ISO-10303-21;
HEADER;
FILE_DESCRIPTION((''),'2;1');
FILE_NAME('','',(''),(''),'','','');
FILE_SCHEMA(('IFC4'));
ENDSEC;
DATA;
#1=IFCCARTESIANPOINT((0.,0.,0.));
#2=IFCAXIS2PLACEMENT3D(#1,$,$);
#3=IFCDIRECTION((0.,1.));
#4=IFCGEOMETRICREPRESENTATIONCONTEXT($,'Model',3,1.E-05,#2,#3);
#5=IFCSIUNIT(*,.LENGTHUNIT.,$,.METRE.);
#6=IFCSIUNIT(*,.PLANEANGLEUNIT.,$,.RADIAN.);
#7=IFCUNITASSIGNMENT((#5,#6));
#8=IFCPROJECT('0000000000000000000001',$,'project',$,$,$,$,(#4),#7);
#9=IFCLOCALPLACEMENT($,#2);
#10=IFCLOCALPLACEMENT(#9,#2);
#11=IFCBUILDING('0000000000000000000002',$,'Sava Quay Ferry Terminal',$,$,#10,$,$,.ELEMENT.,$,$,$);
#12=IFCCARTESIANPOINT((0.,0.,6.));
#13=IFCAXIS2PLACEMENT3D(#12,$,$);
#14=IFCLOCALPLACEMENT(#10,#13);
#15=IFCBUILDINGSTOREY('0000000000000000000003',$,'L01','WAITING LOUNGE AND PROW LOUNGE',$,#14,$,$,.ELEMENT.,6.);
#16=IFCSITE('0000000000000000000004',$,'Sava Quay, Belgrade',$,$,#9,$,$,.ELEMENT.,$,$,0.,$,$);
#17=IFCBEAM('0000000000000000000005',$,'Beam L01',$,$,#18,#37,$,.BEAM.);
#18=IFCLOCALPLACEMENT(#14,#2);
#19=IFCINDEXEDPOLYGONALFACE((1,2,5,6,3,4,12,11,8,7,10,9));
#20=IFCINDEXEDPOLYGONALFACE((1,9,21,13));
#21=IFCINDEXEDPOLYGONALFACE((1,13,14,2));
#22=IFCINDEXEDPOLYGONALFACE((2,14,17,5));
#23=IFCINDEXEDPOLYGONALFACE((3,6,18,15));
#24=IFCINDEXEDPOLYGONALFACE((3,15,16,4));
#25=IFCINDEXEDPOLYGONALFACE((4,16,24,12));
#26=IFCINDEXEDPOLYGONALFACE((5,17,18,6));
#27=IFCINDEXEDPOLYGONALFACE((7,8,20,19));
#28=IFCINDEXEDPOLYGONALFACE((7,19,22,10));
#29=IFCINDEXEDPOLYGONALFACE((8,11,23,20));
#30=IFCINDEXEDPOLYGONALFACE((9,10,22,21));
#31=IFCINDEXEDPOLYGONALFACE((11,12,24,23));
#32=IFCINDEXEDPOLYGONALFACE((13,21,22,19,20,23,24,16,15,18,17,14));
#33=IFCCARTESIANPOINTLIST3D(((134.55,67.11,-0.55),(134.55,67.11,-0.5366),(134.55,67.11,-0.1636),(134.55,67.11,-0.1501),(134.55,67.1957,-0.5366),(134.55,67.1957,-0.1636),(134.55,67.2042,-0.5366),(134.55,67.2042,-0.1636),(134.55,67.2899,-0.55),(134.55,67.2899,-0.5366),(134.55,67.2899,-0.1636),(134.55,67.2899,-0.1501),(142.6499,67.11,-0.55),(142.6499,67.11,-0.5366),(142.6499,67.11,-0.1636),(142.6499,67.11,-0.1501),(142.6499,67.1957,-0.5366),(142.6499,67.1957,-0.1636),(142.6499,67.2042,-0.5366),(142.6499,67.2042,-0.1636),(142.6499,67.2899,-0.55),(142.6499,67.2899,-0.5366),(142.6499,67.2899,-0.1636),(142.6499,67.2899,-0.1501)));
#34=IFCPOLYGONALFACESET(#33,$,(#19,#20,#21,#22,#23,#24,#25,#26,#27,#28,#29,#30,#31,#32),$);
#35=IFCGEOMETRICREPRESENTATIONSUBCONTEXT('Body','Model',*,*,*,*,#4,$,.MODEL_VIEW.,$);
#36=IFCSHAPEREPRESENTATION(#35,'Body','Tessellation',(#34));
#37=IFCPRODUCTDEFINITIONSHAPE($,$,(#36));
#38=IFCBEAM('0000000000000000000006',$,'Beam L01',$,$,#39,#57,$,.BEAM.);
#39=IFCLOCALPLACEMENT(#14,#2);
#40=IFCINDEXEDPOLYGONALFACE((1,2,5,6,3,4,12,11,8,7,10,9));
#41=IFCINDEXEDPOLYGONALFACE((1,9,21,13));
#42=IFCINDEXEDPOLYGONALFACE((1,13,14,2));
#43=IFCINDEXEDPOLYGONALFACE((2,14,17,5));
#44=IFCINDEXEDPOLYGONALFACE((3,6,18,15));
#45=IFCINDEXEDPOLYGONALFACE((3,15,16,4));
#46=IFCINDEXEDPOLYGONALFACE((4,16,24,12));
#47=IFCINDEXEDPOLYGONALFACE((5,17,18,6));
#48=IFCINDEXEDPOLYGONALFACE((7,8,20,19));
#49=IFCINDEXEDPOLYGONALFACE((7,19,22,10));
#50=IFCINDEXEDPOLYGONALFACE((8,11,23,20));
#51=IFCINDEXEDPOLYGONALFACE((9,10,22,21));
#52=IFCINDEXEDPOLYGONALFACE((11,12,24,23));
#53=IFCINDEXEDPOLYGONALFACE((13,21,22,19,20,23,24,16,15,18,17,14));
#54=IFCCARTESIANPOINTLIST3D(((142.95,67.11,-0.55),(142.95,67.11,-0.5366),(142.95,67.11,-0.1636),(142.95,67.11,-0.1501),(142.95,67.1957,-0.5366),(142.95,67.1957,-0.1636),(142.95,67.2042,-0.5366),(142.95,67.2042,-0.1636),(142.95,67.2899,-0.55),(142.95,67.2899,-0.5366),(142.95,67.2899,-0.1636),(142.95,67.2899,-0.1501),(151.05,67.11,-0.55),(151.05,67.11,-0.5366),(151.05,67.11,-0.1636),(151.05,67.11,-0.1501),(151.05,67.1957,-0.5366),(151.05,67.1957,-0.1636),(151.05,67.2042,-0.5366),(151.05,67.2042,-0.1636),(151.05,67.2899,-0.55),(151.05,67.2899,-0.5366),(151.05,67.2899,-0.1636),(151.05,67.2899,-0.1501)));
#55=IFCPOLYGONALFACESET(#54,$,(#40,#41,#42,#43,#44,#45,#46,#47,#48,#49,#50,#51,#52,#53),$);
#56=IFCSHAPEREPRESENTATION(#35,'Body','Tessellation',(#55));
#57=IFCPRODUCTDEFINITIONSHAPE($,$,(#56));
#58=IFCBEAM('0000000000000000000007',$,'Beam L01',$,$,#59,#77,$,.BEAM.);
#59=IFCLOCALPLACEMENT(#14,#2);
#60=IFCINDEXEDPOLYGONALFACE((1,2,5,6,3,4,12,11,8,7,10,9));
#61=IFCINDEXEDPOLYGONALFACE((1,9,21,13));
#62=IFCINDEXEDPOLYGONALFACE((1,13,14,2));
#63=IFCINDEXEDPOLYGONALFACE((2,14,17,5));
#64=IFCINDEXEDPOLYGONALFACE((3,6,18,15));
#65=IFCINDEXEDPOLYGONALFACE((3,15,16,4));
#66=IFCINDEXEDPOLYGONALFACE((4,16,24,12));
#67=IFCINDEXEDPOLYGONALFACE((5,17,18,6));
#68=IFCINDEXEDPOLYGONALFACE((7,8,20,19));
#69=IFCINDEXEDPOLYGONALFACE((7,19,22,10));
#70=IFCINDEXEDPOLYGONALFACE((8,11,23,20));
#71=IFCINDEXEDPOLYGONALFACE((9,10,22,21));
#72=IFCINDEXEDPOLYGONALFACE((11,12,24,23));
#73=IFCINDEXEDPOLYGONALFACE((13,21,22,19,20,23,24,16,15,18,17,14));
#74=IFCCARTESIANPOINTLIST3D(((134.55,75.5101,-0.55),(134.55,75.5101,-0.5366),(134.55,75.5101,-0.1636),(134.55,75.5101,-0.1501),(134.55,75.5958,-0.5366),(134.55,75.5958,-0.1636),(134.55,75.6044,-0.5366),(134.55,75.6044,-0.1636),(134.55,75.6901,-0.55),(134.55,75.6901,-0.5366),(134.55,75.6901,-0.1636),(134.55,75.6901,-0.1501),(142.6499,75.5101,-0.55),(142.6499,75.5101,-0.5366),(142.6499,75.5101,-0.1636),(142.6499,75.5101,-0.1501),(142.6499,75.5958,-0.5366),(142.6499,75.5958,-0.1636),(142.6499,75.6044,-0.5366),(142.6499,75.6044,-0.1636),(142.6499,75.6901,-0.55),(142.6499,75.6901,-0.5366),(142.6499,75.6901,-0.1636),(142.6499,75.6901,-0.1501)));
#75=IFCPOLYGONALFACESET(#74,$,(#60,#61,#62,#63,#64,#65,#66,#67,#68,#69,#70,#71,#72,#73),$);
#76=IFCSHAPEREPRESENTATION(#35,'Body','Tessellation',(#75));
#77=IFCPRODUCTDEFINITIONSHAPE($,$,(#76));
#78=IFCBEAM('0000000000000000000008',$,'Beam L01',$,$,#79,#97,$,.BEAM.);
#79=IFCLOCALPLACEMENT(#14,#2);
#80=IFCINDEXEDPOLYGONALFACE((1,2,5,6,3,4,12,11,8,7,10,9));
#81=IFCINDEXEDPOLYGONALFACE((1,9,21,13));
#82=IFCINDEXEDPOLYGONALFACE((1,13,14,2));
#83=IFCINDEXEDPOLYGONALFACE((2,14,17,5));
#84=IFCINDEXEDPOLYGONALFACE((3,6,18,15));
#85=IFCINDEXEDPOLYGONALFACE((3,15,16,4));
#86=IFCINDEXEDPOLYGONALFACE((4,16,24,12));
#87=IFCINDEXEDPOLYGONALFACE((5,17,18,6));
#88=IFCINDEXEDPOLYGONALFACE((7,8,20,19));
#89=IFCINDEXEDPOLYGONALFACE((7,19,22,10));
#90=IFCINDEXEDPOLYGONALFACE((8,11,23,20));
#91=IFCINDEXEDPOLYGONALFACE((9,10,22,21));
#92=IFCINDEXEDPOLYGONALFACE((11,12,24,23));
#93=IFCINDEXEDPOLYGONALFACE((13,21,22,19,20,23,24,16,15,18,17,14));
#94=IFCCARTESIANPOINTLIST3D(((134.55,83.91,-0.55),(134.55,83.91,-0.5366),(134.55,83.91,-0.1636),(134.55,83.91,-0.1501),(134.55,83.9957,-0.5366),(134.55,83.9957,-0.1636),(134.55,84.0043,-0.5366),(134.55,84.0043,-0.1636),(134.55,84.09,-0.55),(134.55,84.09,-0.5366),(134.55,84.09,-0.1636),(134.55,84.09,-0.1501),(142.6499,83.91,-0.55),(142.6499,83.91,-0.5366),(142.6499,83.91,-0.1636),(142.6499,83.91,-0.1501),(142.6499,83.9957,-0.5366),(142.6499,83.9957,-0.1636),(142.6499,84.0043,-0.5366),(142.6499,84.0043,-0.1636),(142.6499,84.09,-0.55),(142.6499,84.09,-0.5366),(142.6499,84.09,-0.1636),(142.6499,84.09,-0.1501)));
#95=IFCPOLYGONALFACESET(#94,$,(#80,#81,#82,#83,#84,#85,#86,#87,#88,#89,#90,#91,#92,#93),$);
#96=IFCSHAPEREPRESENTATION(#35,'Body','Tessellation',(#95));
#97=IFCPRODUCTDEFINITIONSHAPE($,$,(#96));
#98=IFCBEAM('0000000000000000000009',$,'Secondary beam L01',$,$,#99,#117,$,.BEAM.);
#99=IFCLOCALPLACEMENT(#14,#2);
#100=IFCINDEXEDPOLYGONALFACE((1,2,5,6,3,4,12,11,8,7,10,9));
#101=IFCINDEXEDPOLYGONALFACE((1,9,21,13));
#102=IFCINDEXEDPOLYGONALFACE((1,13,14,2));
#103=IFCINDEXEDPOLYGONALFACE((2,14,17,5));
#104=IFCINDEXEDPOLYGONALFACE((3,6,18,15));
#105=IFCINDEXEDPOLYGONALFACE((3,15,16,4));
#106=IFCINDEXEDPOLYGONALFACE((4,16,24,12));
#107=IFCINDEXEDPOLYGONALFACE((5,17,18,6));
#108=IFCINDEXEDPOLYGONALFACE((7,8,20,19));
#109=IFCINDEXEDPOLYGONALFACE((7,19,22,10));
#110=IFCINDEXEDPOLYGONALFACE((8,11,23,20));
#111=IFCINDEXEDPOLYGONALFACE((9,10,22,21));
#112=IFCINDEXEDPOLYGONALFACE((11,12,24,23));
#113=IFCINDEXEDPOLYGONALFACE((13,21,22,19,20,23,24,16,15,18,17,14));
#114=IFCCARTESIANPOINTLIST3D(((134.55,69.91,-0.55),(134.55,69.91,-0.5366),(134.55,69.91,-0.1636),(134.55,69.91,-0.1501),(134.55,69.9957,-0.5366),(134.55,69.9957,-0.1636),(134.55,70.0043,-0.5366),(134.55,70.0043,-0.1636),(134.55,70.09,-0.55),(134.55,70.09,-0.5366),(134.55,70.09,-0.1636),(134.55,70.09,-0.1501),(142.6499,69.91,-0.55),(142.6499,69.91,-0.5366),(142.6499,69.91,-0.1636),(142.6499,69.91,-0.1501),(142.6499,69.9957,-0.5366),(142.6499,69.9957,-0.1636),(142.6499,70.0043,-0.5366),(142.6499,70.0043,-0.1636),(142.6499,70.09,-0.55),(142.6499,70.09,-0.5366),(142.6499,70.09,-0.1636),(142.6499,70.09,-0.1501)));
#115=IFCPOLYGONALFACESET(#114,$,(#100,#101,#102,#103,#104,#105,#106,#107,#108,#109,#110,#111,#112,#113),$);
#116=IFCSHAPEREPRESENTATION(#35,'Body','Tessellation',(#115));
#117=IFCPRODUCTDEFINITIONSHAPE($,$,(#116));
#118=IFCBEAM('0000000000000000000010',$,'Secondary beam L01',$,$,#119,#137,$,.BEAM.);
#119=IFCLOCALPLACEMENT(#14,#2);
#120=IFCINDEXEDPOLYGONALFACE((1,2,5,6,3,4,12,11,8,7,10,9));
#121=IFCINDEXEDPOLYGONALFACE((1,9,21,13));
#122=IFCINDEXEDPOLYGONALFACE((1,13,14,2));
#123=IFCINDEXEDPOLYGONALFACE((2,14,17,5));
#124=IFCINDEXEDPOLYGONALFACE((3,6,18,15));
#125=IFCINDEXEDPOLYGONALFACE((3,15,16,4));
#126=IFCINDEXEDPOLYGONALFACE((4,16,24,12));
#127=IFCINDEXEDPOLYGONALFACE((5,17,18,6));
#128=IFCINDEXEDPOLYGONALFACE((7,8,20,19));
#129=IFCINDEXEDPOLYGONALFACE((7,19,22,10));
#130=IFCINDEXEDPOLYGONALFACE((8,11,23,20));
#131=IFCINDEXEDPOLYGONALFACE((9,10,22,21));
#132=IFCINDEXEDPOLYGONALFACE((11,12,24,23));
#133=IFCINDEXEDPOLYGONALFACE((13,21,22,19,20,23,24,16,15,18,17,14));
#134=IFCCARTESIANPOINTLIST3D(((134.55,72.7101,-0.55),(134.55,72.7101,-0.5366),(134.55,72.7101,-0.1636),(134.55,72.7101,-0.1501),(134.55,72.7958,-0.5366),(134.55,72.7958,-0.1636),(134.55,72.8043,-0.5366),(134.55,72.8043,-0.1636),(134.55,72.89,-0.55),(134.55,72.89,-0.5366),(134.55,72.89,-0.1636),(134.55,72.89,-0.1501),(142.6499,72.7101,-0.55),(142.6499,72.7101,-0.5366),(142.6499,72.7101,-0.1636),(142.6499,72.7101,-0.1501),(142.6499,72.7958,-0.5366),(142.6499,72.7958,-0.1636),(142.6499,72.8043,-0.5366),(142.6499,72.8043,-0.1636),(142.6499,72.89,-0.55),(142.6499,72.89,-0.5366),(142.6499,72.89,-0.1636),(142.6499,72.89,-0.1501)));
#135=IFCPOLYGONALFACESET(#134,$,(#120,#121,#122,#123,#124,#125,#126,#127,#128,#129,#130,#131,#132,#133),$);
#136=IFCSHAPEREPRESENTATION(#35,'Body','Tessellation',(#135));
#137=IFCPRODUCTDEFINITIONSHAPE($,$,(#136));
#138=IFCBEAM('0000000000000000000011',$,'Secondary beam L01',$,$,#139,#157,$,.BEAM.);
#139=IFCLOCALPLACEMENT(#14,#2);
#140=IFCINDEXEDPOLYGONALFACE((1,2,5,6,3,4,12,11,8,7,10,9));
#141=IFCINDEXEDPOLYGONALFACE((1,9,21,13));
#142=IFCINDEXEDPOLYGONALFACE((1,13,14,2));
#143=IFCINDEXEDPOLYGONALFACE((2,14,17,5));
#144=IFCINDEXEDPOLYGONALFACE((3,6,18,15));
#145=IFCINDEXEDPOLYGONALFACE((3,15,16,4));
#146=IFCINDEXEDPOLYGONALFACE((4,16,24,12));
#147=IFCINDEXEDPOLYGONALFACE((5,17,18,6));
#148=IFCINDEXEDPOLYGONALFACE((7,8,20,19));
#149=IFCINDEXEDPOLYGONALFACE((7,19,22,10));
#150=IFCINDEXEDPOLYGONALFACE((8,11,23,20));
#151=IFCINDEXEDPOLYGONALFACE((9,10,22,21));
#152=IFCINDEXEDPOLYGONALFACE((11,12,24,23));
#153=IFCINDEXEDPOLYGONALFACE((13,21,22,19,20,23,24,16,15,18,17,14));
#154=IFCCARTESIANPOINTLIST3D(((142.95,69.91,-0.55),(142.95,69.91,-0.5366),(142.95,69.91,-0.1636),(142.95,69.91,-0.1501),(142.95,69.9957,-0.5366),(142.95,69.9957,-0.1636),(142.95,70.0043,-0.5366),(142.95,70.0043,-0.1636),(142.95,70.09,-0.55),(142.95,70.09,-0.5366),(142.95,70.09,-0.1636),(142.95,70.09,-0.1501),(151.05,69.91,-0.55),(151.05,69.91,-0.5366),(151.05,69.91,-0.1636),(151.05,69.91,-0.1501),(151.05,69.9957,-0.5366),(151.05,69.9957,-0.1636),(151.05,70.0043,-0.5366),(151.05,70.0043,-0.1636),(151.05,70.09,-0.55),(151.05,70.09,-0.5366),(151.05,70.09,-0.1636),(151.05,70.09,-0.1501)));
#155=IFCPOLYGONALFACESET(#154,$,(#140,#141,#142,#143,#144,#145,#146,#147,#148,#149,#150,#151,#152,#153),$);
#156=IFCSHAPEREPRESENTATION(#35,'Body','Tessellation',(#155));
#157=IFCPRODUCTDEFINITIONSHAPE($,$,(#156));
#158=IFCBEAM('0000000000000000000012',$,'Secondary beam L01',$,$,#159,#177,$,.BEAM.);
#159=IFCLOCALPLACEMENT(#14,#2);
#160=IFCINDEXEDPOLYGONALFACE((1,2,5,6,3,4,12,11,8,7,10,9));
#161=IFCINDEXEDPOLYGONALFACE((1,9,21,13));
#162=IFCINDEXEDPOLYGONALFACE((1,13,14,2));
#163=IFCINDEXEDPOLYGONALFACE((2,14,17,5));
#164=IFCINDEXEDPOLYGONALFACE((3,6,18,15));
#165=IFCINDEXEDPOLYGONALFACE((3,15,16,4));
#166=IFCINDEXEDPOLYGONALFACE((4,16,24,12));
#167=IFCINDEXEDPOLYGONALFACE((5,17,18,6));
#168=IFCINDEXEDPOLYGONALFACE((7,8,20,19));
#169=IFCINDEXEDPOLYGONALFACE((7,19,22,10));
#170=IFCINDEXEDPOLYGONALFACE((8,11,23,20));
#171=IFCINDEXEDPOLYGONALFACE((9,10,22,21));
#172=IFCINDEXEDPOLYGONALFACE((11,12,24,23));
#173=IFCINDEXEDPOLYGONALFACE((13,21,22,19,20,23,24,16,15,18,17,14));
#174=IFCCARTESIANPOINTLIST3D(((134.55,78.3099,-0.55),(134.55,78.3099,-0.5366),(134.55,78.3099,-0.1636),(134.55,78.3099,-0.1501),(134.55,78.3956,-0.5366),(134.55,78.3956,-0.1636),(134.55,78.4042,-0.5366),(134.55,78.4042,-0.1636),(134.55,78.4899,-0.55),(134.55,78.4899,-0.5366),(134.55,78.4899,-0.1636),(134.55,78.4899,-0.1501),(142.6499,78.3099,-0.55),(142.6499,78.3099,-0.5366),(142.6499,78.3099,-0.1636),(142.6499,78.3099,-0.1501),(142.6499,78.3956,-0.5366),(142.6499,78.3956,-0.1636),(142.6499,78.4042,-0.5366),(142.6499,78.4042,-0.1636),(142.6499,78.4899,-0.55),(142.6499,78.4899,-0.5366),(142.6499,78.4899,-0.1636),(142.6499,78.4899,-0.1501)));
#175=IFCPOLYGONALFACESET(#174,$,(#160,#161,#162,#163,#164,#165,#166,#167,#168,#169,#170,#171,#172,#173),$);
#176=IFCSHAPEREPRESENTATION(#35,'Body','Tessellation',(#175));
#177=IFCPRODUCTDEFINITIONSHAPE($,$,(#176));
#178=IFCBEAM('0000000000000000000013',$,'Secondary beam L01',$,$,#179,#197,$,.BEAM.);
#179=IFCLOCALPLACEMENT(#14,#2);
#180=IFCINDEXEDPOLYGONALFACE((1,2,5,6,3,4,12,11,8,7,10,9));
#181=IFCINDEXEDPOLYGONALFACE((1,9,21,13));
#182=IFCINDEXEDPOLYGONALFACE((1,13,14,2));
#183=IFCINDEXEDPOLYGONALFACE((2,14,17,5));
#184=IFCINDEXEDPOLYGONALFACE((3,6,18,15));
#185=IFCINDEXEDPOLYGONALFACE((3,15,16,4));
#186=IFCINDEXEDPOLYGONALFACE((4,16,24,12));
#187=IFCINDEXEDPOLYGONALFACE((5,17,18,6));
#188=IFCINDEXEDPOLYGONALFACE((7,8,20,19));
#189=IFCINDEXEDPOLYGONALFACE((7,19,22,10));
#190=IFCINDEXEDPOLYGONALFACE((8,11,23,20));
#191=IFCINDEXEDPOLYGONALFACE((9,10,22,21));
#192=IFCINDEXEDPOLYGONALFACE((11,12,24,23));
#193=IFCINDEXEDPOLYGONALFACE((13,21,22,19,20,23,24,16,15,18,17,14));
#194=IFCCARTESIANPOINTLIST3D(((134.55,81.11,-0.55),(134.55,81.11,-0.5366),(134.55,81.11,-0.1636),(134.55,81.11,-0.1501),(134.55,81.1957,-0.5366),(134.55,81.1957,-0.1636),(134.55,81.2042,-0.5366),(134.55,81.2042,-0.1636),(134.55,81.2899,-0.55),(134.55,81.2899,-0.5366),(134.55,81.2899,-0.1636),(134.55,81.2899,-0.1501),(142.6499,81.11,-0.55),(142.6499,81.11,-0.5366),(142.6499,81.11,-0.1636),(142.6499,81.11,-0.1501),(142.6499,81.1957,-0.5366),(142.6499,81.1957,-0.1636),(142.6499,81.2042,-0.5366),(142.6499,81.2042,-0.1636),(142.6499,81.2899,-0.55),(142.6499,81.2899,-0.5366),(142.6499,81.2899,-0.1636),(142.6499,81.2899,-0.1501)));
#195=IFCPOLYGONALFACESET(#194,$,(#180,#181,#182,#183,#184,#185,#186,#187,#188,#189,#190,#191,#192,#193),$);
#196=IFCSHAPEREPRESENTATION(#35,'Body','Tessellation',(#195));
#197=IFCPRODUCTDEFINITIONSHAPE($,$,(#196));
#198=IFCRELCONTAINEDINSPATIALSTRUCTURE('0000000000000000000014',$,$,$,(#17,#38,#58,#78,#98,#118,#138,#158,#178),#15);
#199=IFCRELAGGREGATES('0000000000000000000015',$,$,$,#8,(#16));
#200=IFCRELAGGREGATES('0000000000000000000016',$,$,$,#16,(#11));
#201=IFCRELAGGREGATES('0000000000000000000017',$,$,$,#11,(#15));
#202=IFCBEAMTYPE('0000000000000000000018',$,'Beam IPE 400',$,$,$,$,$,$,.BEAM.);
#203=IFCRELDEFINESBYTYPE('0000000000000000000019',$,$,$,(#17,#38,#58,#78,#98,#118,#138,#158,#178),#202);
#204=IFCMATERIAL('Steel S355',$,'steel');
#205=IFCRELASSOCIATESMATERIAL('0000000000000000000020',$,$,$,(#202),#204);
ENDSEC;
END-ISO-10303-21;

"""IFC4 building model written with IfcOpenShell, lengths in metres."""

from ifc_helpers import new_model, si_unit, direction, frame, origin, origin_2d, place, context, subcontext, project, spatial, i_section, extrude, material, material_profile, profile_set, type_object, element, save


model = new_model("IFC4")

# Units and contexts
model_context = context("Model", 3, precision=1e-05, world=origin(), true_north=direction((0.0, 1.0)))
body_context = subcontext(model_context, "Body", "Model", "MODEL_VIEW")
ifc_project = project(units=[si_unit("LENGTHUNIT", "METRE"), si_unit("PLANEANGLEUNIT", "RADIAN")], contexts=[model_context])

# Site, building, storey
site_placement = place(None, origin())
site = spatial("IfcSite", under=ifc_project, at=site_placement, Name="Sava Quay, Belgrade", CompositionType="ELEMENT", RefElevation=0.0)
building_placement = place(site_placement, origin())
building = spatial("IfcBuilding", under=site, at=building_placement, Name="Sava Quay Ferry Terminal", CompositionType="ELEMENT")
storey_placement = place(building_placement, frame((0.0, 0.0, 6.0)))
storey = spatial("IfcBuildingStorey", under=building, at=storey_placement, Name="L01", Description="WAITING LOUNGE AND PROW LOUNGE", CompositionType="ELEMENT", Elevation=6.0)

# Beams
ifc_material_1 = material(Name="Steel S355", Category="steel")
ifc_material_profile_1 = material_profile(ifc_material_1, i_section(OverallWidth=0.1799, OverallDepth=0.3999, WebThickness=0.0085, FlangeThickness=0.0134, at=origin_2d()), Name="IPE 400")
ifc_profile_set_1 = profile_set([ifc_material_profile_1], Name="Steel S355")
beam_type_1 = type_object("IfcBeamType", Name="Beam IPE 400", PredefinedType="BEAM", material=ifc_profile_set_1)
beam_1_placement = place(storey_placement, frame((134.55, 67.2, -0.3501), z_axis=(1.0, 0.0, 0.0), x_axis=(0.0, 1.0, 0.0)))
element("IfcBeam", 1, at=beam_1_placement, inside=storey, type_object=beam_type_1, Name="Beam L01", PredefinedType="BEAM", context=body_context, shape_type="SweptSolid", body=[
    extrude(i_section(OverallWidth=0.1799, OverallDepth=0.3999, WebThickness=0.0085, FlangeThickness=0.0134, at=origin_2d()), origin(), (0.0, 0.0, 1.0), 8.0999),
])
beam_2_placement = place(storey_placement, frame((142.95, 67.2, -0.3501), z_axis=(1.0, 0.0, 0.0), x_axis=(0.0, 1.0, 0.0)))
element("IfcBeam", 2, at=beam_2_placement, inside=storey, type_object=beam_type_1, Name="Beam L01", PredefinedType="BEAM", context=body_context, shape_type="SweptSolid", body=[
    extrude(i_section(OverallWidth=0.1799, OverallDepth=0.3999, WebThickness=0.0085, FlangeThickness=0.0134, at=origin_2d()), origin(), (0.0, 0.0, 1.0), 8.1001),
])
for number, where, z_axis, x_axis, name in (
    (3, (134.55, 75.6001, -0.3501), (1.0, 0.0, 0.0), (0.0, 1.0, 0.0), "Beam L01"),
    (4, (134.55, 84.0, -0.3501), (1.0, 0.0, 0.0), (0.0, 1.0, 0.0), "Beam L01"),
    (5, (134.55, 70.0, -0.3501), (1.0, 0.0, 0.0), (0.0, 1.0, 0.0), "Secondary beam L01"),
    (6, (134.55, 72.8, -0.3501), (1.0, 0.0, 0.0), (0.0, 1.0, 0.0), "Secondary beam L01"),
):
    element("IfcBeam", number, at=place(storey_placement, frame(where, z_axis=z_axis, x_axis=x_axis)), inside=storey, type_object=beam_type_1, Name=name, PredefinedType="BEAM", context=body_context, shape_type="SweptSolid", body=[
        extrude(i_section(OverallWidth=0.1799, OverallDepth=0.3999, WebThickness=0.0085, FlangeThickness=0.0134, at=origin_2d()), origin(), (0.0, 0.0, 1.0), 8.0999),
    ])
beam_3_placement = place(storey_placement, frame((142.95, 70.0, -0.3501), z_axis=(1.0, 0.0, 0.0), x_axis=(0.0, 1.0, 0.0)))
element("IfcBeam", 7, at=beam_3_placement, inside=storey, type_object=beam_type_1, Name="Secondary beam L01", PredefinedType="BEAM", context=body_context, shape_type="SweptSolid", body=[
    extrude(i_section(OverallWidth=0.1799, OverallDepth=0.3999, WebThickness=0.0085, FlangeThickness=0.0134, at=origin_2d()), origin(), (0.0, 0.0, 1.0), 8.1001),
])
for number, where, z_axis, x_axis, name in (
    (8, (134.55, 78.3999, -0.3501), (1.0, 0.0, 0.0), (0.0, 1.0, 0.0), "Secondary beam L01"),
    (9, (134.55, 81.2, -0.3501), (1.0, 0.0, 0.0), (0.0, 1.0, 0.0), "Secondary beam L01"),
):
    element("IfcBeam", number, at=place(storey_placement, frame(where, z_axis=z_axis, x_axis=x_axis)), inside=storey, type_object=beam_type_1, Name=name, PredefinedType="BEAM", context=body_context, shape_type="SweptSolid", body=[
        extrude(i_section(OverallWidth=0.1799, OverallDepth=0.3999, WebThickness=0.0085, FlangeThickness=0.0134, at=origin_2d()), origin(), (0.0, 0.0, 1.0), 8.0999),
    ])

save(model, "model.ifc")
